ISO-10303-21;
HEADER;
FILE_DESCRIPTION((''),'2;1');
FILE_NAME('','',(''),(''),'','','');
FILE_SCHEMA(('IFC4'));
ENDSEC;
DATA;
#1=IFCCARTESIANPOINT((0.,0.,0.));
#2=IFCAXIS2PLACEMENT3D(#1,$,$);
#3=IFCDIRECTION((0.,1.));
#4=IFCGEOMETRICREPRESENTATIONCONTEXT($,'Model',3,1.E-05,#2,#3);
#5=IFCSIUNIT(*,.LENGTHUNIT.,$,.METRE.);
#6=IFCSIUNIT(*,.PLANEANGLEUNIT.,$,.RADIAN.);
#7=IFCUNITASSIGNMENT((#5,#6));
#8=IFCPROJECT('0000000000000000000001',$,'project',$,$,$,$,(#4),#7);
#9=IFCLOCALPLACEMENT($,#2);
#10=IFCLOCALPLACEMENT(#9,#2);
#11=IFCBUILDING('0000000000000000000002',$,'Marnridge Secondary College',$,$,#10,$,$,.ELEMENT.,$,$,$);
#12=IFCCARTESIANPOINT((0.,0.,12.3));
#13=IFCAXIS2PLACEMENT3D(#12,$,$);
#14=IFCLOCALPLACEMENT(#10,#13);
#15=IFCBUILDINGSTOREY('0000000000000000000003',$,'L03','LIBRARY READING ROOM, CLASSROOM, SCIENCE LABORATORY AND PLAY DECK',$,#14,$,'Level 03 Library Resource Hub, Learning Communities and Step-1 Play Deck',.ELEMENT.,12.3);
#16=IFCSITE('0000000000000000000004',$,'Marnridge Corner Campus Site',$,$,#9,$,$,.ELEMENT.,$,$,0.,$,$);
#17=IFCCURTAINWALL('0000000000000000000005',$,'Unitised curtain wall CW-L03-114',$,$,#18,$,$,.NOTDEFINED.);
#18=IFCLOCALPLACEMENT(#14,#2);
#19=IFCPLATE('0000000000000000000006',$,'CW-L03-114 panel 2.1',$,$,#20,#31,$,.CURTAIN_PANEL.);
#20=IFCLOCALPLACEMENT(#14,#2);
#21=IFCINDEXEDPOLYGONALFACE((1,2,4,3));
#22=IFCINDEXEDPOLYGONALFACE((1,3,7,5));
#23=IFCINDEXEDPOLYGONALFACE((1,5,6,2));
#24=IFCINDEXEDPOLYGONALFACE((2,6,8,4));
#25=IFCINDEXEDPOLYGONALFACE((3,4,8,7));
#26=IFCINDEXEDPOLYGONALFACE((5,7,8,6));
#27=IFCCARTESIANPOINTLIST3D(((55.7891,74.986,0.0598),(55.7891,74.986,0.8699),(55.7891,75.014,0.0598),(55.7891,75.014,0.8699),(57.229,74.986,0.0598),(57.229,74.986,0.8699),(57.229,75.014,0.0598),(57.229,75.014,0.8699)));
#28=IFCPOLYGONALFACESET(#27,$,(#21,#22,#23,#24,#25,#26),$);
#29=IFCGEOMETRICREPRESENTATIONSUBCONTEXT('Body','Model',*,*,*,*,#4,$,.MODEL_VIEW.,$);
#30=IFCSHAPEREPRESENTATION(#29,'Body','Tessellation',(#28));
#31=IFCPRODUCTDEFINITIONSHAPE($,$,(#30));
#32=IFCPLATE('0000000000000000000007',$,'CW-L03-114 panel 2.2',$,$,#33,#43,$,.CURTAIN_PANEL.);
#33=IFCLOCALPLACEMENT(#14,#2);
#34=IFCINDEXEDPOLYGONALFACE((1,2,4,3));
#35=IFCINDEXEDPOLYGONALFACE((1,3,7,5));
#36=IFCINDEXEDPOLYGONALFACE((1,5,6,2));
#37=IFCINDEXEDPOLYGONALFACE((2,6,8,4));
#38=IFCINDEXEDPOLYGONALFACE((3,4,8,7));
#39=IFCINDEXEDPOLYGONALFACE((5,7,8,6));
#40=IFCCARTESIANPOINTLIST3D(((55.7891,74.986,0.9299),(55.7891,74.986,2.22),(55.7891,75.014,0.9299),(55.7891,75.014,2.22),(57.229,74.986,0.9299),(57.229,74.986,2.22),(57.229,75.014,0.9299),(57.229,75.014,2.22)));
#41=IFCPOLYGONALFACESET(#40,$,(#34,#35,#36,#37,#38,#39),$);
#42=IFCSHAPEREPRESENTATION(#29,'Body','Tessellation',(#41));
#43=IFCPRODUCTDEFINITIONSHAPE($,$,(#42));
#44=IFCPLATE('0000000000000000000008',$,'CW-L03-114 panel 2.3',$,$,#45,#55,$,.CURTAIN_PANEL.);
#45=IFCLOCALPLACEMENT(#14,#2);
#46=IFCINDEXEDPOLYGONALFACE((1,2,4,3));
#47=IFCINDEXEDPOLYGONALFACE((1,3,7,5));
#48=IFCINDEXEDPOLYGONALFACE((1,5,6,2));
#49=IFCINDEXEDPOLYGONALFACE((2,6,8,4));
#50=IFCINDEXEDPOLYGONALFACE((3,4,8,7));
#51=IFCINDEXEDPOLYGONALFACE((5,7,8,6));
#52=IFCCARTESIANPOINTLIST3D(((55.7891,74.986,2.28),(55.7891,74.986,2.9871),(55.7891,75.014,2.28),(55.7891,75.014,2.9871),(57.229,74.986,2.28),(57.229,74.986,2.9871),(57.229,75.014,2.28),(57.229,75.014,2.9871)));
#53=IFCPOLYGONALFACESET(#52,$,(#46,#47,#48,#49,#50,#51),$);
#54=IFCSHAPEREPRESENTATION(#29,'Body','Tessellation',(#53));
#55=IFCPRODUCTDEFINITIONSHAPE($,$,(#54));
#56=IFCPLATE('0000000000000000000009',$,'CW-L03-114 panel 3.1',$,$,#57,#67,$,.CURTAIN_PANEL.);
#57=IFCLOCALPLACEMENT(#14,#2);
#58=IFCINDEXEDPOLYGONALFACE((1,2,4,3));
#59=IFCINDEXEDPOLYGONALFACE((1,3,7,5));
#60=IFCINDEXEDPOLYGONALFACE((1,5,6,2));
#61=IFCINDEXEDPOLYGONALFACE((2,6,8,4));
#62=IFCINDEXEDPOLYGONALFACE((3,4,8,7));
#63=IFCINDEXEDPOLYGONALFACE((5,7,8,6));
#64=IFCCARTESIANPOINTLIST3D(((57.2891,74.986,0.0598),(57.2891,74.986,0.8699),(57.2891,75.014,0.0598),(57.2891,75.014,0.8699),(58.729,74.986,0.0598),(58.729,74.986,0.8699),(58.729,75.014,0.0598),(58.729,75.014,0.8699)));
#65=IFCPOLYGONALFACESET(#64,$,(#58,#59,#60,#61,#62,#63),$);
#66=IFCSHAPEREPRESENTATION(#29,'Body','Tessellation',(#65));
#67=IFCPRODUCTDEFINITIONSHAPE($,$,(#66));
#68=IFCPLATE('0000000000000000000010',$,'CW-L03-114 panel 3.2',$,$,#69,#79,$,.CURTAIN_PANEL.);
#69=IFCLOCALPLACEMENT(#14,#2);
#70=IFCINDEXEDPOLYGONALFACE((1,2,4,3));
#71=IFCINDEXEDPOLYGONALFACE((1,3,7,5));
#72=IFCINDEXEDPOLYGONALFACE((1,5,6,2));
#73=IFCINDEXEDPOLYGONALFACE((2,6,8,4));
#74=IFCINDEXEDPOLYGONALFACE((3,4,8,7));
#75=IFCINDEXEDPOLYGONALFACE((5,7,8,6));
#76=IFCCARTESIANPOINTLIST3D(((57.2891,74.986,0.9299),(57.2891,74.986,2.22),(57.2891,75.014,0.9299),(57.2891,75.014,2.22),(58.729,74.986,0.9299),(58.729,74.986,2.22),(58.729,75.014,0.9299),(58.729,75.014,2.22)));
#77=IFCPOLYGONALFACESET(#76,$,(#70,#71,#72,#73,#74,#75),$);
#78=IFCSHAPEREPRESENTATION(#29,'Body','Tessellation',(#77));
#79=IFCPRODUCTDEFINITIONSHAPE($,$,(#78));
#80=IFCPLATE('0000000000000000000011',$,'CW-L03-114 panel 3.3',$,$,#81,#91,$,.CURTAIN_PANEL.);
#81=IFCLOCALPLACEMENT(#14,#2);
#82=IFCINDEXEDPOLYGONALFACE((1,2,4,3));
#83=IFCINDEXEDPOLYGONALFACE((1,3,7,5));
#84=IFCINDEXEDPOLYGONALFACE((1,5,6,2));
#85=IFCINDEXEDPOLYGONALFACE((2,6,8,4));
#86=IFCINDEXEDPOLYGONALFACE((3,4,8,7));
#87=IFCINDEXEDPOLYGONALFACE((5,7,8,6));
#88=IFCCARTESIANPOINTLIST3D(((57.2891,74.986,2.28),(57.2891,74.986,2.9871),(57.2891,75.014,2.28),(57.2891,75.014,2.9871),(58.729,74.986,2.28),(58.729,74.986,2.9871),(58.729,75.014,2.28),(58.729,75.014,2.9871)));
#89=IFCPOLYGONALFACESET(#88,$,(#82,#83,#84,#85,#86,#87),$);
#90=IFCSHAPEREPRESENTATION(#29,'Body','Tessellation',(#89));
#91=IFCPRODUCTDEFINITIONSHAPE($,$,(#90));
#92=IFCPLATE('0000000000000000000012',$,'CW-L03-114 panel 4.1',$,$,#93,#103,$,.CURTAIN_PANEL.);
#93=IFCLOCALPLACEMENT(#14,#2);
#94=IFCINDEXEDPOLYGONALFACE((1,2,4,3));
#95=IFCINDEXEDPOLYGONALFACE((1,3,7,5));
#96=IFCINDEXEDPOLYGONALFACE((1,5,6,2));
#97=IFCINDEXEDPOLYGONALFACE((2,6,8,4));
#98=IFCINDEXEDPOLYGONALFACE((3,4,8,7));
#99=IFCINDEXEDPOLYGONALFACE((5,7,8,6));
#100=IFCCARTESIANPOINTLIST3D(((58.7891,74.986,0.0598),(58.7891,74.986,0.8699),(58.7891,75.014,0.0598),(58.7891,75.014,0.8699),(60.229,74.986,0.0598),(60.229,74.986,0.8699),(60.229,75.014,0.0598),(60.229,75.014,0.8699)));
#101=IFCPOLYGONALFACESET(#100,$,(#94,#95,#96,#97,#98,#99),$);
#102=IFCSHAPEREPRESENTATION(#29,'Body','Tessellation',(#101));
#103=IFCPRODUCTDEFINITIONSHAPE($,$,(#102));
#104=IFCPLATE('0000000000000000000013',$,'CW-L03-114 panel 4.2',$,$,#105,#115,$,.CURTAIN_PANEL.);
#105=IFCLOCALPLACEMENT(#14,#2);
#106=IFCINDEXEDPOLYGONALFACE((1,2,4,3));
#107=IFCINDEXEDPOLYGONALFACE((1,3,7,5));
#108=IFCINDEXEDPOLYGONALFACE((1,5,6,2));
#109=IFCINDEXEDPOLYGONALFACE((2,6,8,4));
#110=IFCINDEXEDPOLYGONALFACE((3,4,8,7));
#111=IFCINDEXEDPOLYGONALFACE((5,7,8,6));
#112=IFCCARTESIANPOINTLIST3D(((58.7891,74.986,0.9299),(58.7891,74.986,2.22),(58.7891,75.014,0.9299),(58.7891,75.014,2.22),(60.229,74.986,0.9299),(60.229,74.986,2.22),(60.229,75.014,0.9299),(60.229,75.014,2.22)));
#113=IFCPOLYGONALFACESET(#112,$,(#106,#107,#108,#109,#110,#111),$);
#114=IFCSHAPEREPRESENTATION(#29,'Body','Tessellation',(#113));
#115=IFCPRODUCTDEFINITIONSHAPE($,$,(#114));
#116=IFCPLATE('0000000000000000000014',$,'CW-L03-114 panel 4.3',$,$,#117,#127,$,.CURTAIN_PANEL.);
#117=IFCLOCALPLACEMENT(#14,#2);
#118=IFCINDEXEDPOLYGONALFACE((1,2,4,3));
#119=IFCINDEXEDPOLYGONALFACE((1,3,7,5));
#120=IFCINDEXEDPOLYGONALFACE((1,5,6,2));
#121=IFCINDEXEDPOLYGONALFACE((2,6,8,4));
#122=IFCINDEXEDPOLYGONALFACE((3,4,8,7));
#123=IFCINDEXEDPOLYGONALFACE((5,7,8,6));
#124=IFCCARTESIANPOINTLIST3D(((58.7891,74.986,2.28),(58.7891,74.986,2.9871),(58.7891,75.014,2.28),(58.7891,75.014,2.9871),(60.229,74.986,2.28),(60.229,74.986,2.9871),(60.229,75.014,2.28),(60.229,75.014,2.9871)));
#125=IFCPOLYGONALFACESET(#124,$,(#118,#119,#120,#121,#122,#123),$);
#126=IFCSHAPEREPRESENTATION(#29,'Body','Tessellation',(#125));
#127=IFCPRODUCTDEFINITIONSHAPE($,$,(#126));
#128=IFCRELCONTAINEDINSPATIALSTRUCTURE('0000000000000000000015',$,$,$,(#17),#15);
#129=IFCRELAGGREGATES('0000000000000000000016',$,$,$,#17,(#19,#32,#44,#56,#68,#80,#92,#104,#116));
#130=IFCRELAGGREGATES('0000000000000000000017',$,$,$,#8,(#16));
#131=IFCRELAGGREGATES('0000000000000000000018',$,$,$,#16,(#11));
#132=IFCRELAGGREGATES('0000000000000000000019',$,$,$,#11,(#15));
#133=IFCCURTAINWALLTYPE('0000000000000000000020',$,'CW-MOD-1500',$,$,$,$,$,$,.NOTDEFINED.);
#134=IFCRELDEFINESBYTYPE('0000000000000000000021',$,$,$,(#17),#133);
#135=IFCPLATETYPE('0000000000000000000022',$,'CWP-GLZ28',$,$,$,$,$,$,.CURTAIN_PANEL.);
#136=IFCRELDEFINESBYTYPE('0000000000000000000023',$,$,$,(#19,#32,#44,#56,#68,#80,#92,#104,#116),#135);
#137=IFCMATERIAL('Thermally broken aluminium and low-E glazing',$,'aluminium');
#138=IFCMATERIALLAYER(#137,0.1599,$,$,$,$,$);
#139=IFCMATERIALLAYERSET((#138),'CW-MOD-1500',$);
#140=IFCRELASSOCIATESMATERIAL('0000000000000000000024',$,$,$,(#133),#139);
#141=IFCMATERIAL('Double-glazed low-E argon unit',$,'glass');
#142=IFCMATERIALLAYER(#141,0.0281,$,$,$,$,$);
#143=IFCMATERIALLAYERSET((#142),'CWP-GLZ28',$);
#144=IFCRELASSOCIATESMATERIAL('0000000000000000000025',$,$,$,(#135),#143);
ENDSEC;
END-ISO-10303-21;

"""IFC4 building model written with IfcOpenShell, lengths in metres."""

from ifc_helpers import new_model, si_unit, direction, frame, origin, origin_2d, place, context, subcontext, project, spatial, rectangle, extrude, material, layer, layer_set, type_object, element, aggregate, save


model = new_model("IFC4")

# Units and contexts
model_context = context("Model", 3, precision=1e-05, world=origin(), true_north=direction((0.0, 1.0)))
body_context = subcontext(model_context, "Body", "Model", "MODEL_VIEW")
ifc_project = project(units=[si_unit("LENGTHUNIT", "METRE"), si_unit("PLANEANGLEUNIT", "RADIAN")], contexts=[model_context])

# Site, building, storey
site_placement = place(None, origin())
site = spatial("IfcSite", under=ifc_project, at=site_placement, Name="Marnridge Corner Campus Site", CompositionType="ELEMENT", RefElevation=0.0)
building_placement = place(site_placement, origin())
building = spatial("IfcBuilding", under=site, at=building_placement, Name="Marnridge Secondary College", CompositionType="ELEMENT")
storey_placement = place(building_placement, frame((0.0, 0.0, 12.3)))
storey = spatial("IfcBuildingStorey", under=building, at=storey_placement, Name="L03", Description="LIBRARY READING ROOM, CLASSROOM, SCIENCE LABORATORY AND PLAY DECK", LongName="Level 03 Library Resource Hub, Learning Communities and Step-1 Play Deck", CompositionType="ELEMENT", Elevation=12.3)

# Curtain wall, plates
ifc_material_1 = material(Name="Thermally broken aluminium and low-E glazing", Category="aluminium")
ifc_layer_1 = layer(ifc_material_1, 0.1599)
ifc_layer_set_1 = layer_set([ifc_layer_1], Name="CW-MOD-1500")
curtain_wall_type = type_object("IfcCurtainWallType", Name="CW-MOD-1500", PredefinedType="NOTDEFINED", material=ifc_layer_set_1)
curtain_wall_placement = place(storey_placement, origin())
curtain_wall = element("IfcCurtainWall", 1, at=curtain_wall_placement, inside=storey, type_object=curtain_wall_type, Name="Unitised curtain wall CW-L03-114", PredefinedType="NOTDEFINED")
ifc_material_2 = material(Name="Double-glazed low-E argon unit", Category="glass")
ifc_layer_2 = layer(ifc_material_2, 0.0281)
ifc_layer_set_2 = layer_set([ifc_layer_2], Name="CWP-GLZ28")
plate_type = type_object("IfcPlateType", Name="CWP-GLZ28", PredefinedType="CURTAIN_PANEL", material=ifc_layer_set_2)
plate_1_placement = place(storey_placement, frame((56.509, 75.0, 0.0598), z_axis=(0.0, 0.0, 1.0), x_axis=(1.0, 0.0, 0.0)))
plate_1 = element("IfcPlate", 2, at=plate_1_placement, type_object=plate_type, Name="CW-L03-114 panel 2.1", PredefinedType="CURTAIN_PANEL", context=body_context, shape_type="SweptSolid", body=[
    extrude(rectangle(XDim=1.4399, YDim=0.0281, at=origin_2d()), origin(), (0.0, 0.0, 1.0), 0.8101),
])
plate_2_placement = place(storey_placement, frame((56.509, 75.0, 0.9299), z_axis=(0.0, 0.0, 1.0), x_axis=(1.0, 0.0, 0.0)))
plate_2 = element("IfcPlate", 3, at=plate_2_placement, type_object=plate_type, Name="CW-L03-114 panel 2.2", PredefinedType="CURTAIN_PANEL", context=body_context, shape_type="SweptSolid", body=[
    extrude(rectangle(XDim=1.4399, YDim=0.0281, at=origin_2d()), origin(), (0.0, 0.0, 1.0), 1.29),
])
plate_3_placement = place(storey_placement, frame((56.509, 75.0, 2.28), z_axis=(0.0, 0.0, 1.0), x_axis=(1.0, 0.0, 0.0)))
plate_3 = element("IfcPlate", 4, at=plate_3_placement, type_object=plate_type, Name="CW-L03-114 panel 2.3", PredefinedType="CURTAIN_PANEL", context=body_context, shape_type="SweptSolid", body=[
    extrude(rectangle(XDim=1.4399, YDim=0.0281, at=origin_2d()), origin(), (0.0, 0.0, 1.0), 0.707),
])
plate_4_placement = place(storey_placement, frame((58.009, 75.0, 0.0598), z_axis=(0.0, 0.0, 1.0), x_axis=(1.0, 0.0, 0.0)))
plate_4 = element("IfcPlate", 5, at=plate_4_placement, type_object=plate_type, Name="CW-L03-114 panel 3.1", PredefinedType="CURTAIN_PANEL", context=body_context, shape_type="SweptSolid", body=[
    extrude(rectangle(XDim=1.4399, YDim=0.0281, at=origin_2d()), origin(), (0.0, 0.0, 1.0), 0.8101),
])
plate_5_placement = place(storey_placement, frame((58.009, 75.0, 0.9299), z_axis=(0.0, 0.0, 1.0), x_axis=(1.0, 0.0, 0.0)))
plate_5 = element("IfcPlate", 6, at=plate_5_placement, type_object=plate_type, Name="CW-L03-114 panel 3.2", PredefinedType="CURTAIN_PANEL", context=body_context, shape_type="SweptSolid", body=[
    extrude(rectangle(XDim=1.4399, YDim=0.0281, at=origin_2d()), origin(), (0.0, 0.0, 1.0), 1.29),
])
plate_6_placement = place(storey_placement, frame((58.009, 75.0, 2.28), z_axis=(0.0, 0.0, 1.0), x_axis=(1.0, 0.0, 0.0)))
plate_6 = element("IfcPlate", 7, at=plate_6_placement, type_object=plate_type, Name="CW-L03-114 panel 3.3", PredefinedType="CURTAIN_PANEL", context=body_context, shape_type="SweptSolid", body=[
    extrude(rectangle(XDim=1.4399, YDim=0.0281, at=origin_2d()), origin(), (0.0, 0.0, 1.0), 0.707),
])
plate_7_placement = place(storey_placement, frame((59.509, 75.0, 0.0598), z_axis=(0.0, 0.0, 1.0), x_axis=(1.0, 0.0, 0.0)))
plate_7 = element("IfcPlate", 8, at=plate_7_placement, type_object=plate_type, Name="CW-L03-114 panel 4.1", PredefinedType="CURTAIN_PANEL", context=body_context, shape_type="SweptSolid", body=[
    extrude(rectangle(XDim=1.4399, YDim=0.0281, at=origin_2d()), origin(), (0.0, 0.0, 1.0), 0.8101),
])
plate_8_placement = place(storey_placement, frame((59.509, 75.0, 0.9299), z_axis=(0.0, 0.0, 1.0), x_axis=(1.0, 0.0, 0.0)))
plate_8 = element("IfcPlate", 9, at=plate_8_placement, type_object=plate_type, Name="CW-L03-114 panel 4.2", PredefinedType="CURTAIN_PANEL", context=body_context, shape_type="SweptSolid", body=[
    extrude(rectangle(XDim=1.4399, YDim=0.0281, at=origin_2d()), origin(), (0.0, 0.0, 1.0), 1.29),
])
plate_9_placement = place(storey_placement, frame((59.509, 75.0, 2.28), z_axis=(0.0, 0.0, 1.0), x_axis=(1.0, 0.0, 0.0)))
plate_9 = element("IfcPlate", 10, at=plate_9_placement, type_object=plate_type, Name="CW-L03-114 panel 4.3", PredefinedType="CURTAIN_PANEL", context=body_context, shape_type="SweptSolid", body=[
    extrude(rectangle(XDim=1.4399, YDim=0.0281, at=origin_2d()), origin(), (0.0, 0.0, 1.0), 0.707),
])
aggregate(curtain_wall, [plate_1, plate_2, plate_3, plate_4, plate_5, plate_6, plate_7, plate_8, plate_9])

save(model, "model.ifc")
